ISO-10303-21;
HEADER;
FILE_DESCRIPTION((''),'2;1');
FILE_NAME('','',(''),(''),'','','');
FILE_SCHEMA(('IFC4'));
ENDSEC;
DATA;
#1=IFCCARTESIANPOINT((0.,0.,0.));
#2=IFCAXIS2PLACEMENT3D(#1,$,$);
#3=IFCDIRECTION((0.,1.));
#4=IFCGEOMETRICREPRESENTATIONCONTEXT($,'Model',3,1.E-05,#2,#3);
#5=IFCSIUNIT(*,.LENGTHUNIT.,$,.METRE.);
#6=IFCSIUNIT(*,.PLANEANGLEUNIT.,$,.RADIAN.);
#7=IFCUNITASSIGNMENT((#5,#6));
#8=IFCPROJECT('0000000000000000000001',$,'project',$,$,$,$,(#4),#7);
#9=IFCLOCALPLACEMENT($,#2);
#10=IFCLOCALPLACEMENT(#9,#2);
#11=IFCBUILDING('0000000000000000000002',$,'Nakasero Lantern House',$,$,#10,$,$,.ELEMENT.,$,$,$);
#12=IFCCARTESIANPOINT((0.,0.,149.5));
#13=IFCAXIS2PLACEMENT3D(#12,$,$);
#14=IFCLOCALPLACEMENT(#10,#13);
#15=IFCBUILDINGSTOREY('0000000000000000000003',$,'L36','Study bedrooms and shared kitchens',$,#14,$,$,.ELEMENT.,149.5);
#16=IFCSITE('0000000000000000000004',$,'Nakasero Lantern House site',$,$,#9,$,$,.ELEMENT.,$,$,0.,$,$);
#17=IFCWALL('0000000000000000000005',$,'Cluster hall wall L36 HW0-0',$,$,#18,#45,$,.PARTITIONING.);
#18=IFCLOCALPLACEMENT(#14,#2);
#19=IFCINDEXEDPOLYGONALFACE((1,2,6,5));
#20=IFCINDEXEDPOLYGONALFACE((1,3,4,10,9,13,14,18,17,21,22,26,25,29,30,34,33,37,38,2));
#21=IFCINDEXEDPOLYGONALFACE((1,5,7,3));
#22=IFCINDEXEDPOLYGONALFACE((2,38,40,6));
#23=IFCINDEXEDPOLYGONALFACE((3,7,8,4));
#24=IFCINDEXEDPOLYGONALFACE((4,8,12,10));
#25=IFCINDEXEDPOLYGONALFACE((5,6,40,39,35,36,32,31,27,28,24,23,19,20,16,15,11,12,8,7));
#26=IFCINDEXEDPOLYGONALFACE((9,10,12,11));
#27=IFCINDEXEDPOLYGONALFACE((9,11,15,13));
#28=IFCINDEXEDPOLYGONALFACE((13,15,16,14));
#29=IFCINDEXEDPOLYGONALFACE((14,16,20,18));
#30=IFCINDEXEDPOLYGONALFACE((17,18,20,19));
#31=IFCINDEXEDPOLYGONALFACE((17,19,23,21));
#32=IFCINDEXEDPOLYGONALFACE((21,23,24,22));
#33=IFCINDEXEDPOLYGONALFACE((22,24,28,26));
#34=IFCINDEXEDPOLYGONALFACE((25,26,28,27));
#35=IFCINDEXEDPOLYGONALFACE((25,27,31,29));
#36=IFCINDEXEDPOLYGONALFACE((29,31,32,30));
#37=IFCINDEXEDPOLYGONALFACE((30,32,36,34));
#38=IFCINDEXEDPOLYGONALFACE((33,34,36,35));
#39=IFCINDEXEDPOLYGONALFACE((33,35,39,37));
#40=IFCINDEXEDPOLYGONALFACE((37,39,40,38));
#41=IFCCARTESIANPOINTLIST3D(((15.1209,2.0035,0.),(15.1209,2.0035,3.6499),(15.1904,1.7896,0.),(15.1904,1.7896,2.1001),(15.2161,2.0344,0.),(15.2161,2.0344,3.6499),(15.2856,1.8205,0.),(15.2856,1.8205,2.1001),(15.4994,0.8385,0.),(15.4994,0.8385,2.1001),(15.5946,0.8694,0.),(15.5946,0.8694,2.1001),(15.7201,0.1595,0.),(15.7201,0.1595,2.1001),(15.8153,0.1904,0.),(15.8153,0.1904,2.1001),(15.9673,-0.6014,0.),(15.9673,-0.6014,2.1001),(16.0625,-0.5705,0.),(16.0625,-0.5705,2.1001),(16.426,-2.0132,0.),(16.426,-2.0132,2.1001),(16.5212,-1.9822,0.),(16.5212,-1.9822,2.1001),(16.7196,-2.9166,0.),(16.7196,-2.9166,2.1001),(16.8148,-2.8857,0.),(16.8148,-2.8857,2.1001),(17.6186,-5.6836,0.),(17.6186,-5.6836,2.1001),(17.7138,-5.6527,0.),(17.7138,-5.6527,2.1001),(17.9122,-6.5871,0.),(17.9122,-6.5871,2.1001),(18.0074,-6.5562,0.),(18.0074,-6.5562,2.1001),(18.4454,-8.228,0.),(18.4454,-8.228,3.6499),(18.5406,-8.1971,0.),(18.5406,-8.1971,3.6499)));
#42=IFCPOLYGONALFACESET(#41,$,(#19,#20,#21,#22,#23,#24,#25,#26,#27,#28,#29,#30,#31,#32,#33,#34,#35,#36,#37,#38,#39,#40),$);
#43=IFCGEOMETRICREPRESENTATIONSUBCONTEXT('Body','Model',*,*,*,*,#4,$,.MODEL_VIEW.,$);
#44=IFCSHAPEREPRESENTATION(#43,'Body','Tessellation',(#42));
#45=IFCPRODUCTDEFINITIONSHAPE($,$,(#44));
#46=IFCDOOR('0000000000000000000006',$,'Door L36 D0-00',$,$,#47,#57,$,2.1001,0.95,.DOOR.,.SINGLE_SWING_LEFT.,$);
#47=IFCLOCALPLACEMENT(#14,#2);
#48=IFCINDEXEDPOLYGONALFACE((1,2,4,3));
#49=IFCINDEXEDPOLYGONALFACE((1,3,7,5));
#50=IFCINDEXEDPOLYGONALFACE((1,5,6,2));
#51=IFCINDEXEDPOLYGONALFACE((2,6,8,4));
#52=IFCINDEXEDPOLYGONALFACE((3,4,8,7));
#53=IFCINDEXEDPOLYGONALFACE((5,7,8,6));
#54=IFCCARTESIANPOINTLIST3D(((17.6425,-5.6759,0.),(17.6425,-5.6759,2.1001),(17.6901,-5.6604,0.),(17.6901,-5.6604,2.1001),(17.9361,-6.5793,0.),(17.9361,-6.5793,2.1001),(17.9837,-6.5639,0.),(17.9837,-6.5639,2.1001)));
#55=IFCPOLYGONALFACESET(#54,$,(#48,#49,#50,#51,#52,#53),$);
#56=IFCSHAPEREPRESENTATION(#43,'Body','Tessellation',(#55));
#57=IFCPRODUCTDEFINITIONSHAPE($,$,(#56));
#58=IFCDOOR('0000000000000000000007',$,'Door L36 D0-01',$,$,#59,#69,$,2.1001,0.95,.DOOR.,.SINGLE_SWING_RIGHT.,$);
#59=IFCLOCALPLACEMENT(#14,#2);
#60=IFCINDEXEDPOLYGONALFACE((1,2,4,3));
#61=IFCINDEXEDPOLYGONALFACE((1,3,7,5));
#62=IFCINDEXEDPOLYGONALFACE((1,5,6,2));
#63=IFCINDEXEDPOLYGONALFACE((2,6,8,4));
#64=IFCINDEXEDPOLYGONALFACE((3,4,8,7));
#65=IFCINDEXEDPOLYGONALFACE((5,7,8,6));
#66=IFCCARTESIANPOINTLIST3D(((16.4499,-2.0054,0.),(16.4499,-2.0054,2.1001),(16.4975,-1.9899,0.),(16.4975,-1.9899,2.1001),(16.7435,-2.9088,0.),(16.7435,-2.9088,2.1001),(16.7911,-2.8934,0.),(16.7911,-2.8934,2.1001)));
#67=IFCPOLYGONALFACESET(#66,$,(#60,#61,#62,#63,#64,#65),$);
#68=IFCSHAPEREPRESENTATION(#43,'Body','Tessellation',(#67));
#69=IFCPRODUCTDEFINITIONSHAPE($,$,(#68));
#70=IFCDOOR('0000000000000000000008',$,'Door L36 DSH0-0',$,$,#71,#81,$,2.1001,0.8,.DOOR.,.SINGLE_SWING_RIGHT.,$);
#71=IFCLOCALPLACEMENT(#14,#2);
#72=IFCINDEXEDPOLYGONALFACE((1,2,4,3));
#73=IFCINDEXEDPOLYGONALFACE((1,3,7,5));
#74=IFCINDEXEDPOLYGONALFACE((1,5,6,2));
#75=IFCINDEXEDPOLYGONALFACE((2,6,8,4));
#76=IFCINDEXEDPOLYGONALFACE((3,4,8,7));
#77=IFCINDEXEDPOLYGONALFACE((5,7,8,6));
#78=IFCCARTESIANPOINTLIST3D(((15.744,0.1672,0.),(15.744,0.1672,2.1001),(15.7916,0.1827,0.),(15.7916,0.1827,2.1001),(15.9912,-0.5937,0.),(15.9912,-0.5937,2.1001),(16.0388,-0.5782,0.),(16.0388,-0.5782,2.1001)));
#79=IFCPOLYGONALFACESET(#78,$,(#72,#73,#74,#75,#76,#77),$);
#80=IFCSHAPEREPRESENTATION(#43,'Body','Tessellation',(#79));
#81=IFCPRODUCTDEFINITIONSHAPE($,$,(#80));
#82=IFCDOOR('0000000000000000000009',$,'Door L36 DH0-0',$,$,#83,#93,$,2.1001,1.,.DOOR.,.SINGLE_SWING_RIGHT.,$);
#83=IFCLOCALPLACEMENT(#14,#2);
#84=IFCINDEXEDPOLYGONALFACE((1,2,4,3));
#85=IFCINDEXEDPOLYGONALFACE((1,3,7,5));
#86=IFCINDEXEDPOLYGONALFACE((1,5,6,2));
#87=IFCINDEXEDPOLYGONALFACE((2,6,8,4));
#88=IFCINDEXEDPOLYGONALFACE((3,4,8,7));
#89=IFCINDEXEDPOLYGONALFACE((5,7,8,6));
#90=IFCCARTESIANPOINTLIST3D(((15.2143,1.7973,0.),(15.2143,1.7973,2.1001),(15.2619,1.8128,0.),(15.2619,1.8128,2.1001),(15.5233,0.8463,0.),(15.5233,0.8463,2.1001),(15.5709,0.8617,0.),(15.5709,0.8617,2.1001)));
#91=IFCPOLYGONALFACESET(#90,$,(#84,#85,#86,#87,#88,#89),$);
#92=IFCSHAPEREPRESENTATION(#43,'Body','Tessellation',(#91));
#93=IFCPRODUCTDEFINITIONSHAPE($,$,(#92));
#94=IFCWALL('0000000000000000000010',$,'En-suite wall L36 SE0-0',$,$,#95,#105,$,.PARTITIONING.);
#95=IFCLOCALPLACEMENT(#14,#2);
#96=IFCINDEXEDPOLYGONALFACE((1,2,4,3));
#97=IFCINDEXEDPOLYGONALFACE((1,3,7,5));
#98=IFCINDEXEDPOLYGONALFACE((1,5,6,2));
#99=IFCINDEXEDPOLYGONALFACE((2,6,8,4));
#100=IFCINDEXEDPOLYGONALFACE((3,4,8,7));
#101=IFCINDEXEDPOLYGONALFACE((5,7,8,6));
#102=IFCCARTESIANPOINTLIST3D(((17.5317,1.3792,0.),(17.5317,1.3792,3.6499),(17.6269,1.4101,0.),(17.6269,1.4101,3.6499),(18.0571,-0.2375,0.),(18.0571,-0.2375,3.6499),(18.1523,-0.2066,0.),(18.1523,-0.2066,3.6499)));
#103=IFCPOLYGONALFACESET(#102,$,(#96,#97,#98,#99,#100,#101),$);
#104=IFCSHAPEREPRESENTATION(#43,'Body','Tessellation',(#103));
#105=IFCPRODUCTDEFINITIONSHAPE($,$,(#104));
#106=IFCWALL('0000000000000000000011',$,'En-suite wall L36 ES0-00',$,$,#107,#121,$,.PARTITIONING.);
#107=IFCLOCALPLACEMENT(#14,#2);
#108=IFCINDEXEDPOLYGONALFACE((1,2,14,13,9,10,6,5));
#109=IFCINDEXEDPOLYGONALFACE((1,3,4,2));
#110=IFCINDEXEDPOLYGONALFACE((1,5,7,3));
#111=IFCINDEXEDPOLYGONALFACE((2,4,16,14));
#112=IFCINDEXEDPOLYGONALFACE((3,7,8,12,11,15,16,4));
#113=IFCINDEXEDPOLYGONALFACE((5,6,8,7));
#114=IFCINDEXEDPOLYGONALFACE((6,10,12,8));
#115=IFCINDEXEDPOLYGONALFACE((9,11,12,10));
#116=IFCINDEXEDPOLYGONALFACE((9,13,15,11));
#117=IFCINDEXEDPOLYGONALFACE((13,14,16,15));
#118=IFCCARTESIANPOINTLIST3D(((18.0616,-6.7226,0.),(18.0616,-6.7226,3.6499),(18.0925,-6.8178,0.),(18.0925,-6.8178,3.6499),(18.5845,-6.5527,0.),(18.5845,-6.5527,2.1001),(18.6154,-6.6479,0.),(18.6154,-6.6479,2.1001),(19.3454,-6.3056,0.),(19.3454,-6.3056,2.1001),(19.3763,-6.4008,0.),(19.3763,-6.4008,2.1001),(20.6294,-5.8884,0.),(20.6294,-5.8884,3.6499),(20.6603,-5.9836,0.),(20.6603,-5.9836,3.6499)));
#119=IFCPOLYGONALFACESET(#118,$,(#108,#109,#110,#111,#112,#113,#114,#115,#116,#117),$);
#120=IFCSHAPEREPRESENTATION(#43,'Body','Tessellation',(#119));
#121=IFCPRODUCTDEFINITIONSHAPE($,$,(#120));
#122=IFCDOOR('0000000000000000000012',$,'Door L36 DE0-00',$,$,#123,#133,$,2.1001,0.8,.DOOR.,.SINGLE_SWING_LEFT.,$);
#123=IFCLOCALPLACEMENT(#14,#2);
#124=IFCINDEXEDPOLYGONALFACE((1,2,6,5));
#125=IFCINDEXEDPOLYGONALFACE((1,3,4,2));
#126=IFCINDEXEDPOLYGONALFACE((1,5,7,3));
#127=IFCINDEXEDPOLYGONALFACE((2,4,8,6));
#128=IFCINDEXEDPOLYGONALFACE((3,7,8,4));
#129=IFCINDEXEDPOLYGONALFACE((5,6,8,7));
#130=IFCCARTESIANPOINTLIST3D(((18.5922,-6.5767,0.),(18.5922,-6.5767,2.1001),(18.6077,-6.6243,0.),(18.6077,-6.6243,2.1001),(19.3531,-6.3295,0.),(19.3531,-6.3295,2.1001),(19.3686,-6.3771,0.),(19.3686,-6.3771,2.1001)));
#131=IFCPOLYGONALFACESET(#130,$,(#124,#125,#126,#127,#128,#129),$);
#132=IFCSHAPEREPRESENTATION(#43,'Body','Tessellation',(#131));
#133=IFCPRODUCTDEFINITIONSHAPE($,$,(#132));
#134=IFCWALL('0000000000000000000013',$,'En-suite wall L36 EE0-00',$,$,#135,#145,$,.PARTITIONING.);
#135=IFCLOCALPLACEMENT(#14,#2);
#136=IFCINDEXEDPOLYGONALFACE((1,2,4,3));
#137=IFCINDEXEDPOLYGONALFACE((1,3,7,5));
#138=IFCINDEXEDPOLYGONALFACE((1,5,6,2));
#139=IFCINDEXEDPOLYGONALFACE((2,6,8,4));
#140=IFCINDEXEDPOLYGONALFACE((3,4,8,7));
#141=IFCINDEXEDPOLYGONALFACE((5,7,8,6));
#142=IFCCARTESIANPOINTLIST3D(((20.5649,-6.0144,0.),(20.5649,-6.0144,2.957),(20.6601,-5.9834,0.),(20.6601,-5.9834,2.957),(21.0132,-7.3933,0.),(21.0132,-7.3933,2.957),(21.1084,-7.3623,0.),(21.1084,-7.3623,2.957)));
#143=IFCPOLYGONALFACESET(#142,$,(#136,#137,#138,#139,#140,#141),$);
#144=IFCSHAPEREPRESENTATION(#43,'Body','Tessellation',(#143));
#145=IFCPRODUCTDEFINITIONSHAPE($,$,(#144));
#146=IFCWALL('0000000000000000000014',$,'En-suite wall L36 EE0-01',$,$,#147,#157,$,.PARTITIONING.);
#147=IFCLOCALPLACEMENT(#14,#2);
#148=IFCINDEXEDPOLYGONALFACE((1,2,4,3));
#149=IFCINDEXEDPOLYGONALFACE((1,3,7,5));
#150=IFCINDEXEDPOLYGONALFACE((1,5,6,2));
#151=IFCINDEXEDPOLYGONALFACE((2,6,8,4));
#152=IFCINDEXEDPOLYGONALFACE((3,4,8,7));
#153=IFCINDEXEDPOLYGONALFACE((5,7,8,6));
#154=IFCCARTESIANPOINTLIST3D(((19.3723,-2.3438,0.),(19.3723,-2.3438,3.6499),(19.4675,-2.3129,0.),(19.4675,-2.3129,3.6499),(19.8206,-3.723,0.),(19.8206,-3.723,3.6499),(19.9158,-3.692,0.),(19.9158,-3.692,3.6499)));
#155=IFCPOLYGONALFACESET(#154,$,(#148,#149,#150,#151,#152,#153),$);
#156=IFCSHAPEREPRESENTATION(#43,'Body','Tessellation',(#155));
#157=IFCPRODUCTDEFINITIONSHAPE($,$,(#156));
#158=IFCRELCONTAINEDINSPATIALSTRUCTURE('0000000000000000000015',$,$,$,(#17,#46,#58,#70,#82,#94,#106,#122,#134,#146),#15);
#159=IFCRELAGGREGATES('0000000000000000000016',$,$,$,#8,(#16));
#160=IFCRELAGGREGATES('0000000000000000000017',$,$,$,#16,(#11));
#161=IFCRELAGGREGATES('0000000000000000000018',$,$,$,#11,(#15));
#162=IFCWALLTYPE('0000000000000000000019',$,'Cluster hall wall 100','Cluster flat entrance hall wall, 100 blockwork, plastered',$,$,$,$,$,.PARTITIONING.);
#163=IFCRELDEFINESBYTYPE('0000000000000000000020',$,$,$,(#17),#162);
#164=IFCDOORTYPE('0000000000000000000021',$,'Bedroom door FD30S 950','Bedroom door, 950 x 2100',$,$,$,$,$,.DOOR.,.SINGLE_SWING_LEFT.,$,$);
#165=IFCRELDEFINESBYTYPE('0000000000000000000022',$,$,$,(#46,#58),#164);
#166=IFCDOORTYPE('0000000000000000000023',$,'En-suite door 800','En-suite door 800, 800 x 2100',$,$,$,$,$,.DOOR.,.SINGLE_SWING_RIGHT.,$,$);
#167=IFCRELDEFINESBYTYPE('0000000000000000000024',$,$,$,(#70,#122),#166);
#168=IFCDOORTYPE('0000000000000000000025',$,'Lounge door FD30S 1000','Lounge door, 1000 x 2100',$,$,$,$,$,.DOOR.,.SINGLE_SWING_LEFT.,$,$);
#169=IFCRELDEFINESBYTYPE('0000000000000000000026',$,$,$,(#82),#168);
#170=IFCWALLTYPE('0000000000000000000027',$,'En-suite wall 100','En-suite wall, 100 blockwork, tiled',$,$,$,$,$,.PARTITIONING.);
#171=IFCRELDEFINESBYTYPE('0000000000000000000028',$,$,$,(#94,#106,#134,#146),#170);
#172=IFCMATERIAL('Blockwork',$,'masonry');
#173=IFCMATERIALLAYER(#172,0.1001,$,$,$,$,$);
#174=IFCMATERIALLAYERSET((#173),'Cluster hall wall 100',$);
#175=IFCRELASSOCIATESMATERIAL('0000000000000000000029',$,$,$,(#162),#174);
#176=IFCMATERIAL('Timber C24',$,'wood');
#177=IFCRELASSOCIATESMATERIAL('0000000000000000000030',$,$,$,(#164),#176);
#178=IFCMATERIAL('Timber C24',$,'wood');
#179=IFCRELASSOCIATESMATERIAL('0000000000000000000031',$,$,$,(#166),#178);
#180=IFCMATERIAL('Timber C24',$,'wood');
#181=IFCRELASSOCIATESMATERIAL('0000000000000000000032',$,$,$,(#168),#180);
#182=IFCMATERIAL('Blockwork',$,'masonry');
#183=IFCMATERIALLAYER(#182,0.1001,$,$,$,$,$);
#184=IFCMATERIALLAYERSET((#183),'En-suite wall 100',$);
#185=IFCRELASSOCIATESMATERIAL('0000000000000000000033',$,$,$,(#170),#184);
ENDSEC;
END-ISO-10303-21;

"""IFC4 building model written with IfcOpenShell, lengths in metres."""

from ifc_helpers import new_model, si_unit, direction, frame, frame_2d, origin, place, context, subcontext, project, spatial, rectangle, extrude, material, layer, layer_set, type_object, element, fill, save


model = new_model("IFC4")

# Units and contexts
model_context = context("Model", 3, precision=1e-05, world=origin(), true_north=direction((0.0, 1.0)))
body_context = subcontext(model_context, "Body", "Model", "MODEL_VIEW")
ifc_project = project(units=[si_unit("LENGTHUNIT", "METRE"), si_unit("PLANEANGLEUNIT", "RADIAN")], contexts=[model_context])

# Site, building, storey
site_placement = place(None, origin())
site = spatial("IfcSite", under=ifc_project, at=site_placement, Name="Nakasero Lantern House site", CompositionType="ELEMENT", RefElevation=0.0)
building_placement = place(site_placement, origin())
building = spatial("IfcBuilding", under=site, at=building_placement, Name="Nakasero Lantern House", CompositionType="ELEMENT")
storey_placement = place(building_placement, frame((0.0, 0.0, 149.5)))
storey = spatial("IfcBuildingStorey", under=building, at=storey_placement, Name="L36", Description="Study bedrooms and shared kitchens", CompositionType="ELEMENT", Elevation=149.5)

# Wall, openings, doors
ifc_material_1 = material(Name="Blockwork", Category="masonry")
ifc_layer_1 = layer(ifc_material_1, 0.1001)
ifc_layer_set_1 = layer_set([ifc_layer_1], Name="Cluster hall wall 100")
wall_type_1 = type_object("IfcWallType", Name="Cluster hall wall 100", Description="Cluster flat entrance hall wall, 100 blockwork, plastered", PredefinedType="PARTITIONING", material=ifc_layer_set_1)
wall_1_placement = place(storey_placement, frame((18.4929, -8.2124, 0.0), z_axis=(0.0, 0.0, 1.0), x_axis=(-0.309022, 0.951055, 0.0)))
wall_1 = element("IfcWall", 1, at=wall_1_placement, inside=storey, type_object=wall_type_1, Name="Cluster hall wall L36 HW0-0", PredefinedType="PARTITIONING", context=body_context, shape_type="SweptSolid", body=[
    extrude(rectangle(XDim=10.7581, YDim=0.1001, at=frame_2d((5.3789, 0.0))), origin(), (0.0, 0.0, 1.0), 3.6499),
])
opening_1_placement = place(wall_1_placement, frame((9.533, 0.0, 0.0)))
opening_1 = element("IfcOpeningElement", 2, at=opening_1_placement, cuts=wall_1, PredefinedType="OPENING", context=body_context, shape_type="SweptSolid", body=[
    extrude(rectangle(XDim=1.0, YDim=2.1001, at=frame_2d((0.5, 1.05))), frame((0.0, 0.0701, 0.0), z_axis=(0.0, -1.0, 0.0), x_axis=(1.0, 0.0, 0.0)), (0.0, 0.0, 1.0), 0.1401),
])
opening_2_placement = place(wall_1_placement, frame((8.019, 0.0, 0.0)))
opening_2 = element("IfcOpeningElement", 3, at=opening_2_placement, cuts=wall_1, PredefinedType="OPENING", context=body_context, shape_type="SweptSolid", body=[
    extrude(rectangle(XDim=0.8, YDim=2.1001, at=frame_2d((0.3999, 1.05))), frame((0.0, 0.0701, 0.0), z_axis=(0.0, -1.0, 0.0), x_axis=(1.0, 0.0, 0.0)), (0.0, 0.0, 1.0), 0.1401),
])
opening_3_placement = place(wall_1_placement, frame((1.7251, 0.0, 0.0)))
opening_3 = element("IfcOpeningElement", 4, at=opening_3_placement, cuts=wall_1, PredefinedType="OPENING", context=body_context, shape_type="SweptSolid", body=[
    extrude(rectangle(XDim=0.95, YDim=2.1001, at=frame_2d((0.4751, 1.05))), frame((0.0, 0.0701, 0.0), z_axis=(0.0, -1.0, 0.0), x_axis=(1.0, 0.0, 0.0)), (0.0, 0.0, 1.0), 0.1401),
])
opening_4_placement = place(wall_1_placement, frame((5.5845, 0.0, 0.0)))
opening_4 = element("IfcOpeningElement", 5, at=opening_4_placement, cuts=wall_1, PredefinedType="OPENING", context=body_context, shape_type="SweptSolid", body=[
    extrude(rectangle(XDim=0.95, YDim=2.1001, at=frame_2d((0.4751, 1.05))), frame((0.0, 0.0701, 0.0), z_axis=(0.0, -1.0, 0.0), x_axis=(1.0, 0.0, 0.0)), (0.0, 0.0, 1.0), 0.1401),
])
ifc_material_2 = material(Name="Timber C24", Category="wood")
door_type_1 = type_object("IfcDoorType", Name="Bedroom door FD30S 950", Description="Bedroom door, 950 x 2100", OperationType="SINGLE_SWING_LEFT", PredefinedType="DOOR", material=ifc_material_2)
door_1_placement = place(opening_3_placement, origin())
door_1 = element("IfcDoor", 6, at=door_1_placement, inside=storey, type_object=door_type_1, Name="Door L36 D0-00", OperationType="SINGLE_SWING_LEFT", OverallHeight=2.1001, OverallWidth=0.95, PredefinedType="DOOR", context=body_context, shape_type="SweptSolid", body=[
    extrude(rectangle(XDim=0.95, YDim=2.1001, at=frame_2d((0.4751, 1.05))), frame((0.0, 0.0249, 0.0), z_axis=(0.0, -1.0, 0.0), x_axis=(1.0, 0.0, 0.0)), (0.0, 0.0, 1.0), 0.05),
])
fill(opening_3, door_1)
door_2_placement = place(opening_4_placement, origin())
door_2 = element("IfcDoor", 7, at=door_2_placement, inside=storey, type_object=door_type_1, Name="Door L36 D0-01", OperationType="SINGLE_SWING_RIGHT", OverallHeight=2.1001, OverallWidth=0.95, PredefinedType="DOOR", context=body_context, shape_type="SweptSolid", body=[
    extrude(rectangle(XDim=0.95, YDim=2.1001, at=frame_2d((0.4751, 1.05))), frame((0.0, 0.0249, 0.0), z_axis=(0.0, -1.0, 0.0), x_axis=(1.0, 0.0, 0.0)), (0.0, 0.0, 1.0), 0.05),
])
fill(opening_4, door_2)
ifc_material_3 = material(Name="Timber C24", Category="wood")
door_type_2 = type_object("IfcDoorType", Name="En-suite door 800", Description="En-suite door 800, 800 x 2100", OperationType="SINGLE_SWING_RIGHT", PredefinedType="DOOR", material=ifc_material_3)
door_3_placement = place(opening_2_placement, origin())
door_3 = element("IfcDoor", 8, at=door_3_placement, inside=storey, type_object=door_type_2, Name="Door L36 DSH0-0", OperationType="SINGLE_SWING_RIGHT", OverallHeight=2.1001, OverallWidth=0.8, PredefinedType="DOOR", context=body_context, shape_type="SweptSolid", body=[
    extrude(rectangle(XDim=0.8, YDim=2.1001, at=frame_2d((0.3999, 1.05))), frame((0.0, 0.0249, 0.0), z_axis=(0.0, -1.0, 0.0), x_axis=(1.0, 0.0, 0.0)), (0.0, 0.0, 1.0), 0.05),
])
fill(opening_2, door_3)
ifc_material_4 = material(Name="Timber C24", Category="wood")
door_type_3 = type_object("IfcDoorType", Name="Lounge door FD30S 1000", Description="Lounge door, 1000 x 2100", OperationType="SINGLE_SWING_LEFT", PredefinedType="DOOR", material=ifc_material_4)
door_4_placement = place(opening_1_placement, origin())
door_4 = element("IfcDoor", 9, at=door_4_placement, inside=storey, type_object=door_type_3, Name="Door L36 DH0-0", OperationType="SINGLE_SWING_RIGHT", OverallHeight=2.1001, OverallWidth=1.0, PredefinedType="DOOR", context=body_context, shape_type="SweptSolid", body=[
    extrude(rectangle(XDim=1.0, YDim=2.1001, at=frame_2d((0.5, 1.05))), frame((0.0, 0.0249, 0.0), z_axis=(0.0, -1.0, 0.0), x_axis=(1.0, 0.0, 0.0)), (0.0, 0.0, 1.0), 0.05),
])
fill(opening_1, door_4)

# Wall
ifc_material_5 = material(Name="Blockwork", Category="masonry")
ifc_layer_2 = layer(ifc_material_5, 0.1001)
ifc_layer_set_2 = layer_set([ifc_layer_2], Name="En-suite wall 100")
wall_type_2 = type_object("IfcWallType", Name="En-suite wall 100", Description="En-suite wall, 100 blockwork, tiled", PredefinedType="PARTITIONING", material=ifc_layer_set_2)
wall_2_placement = place(storey_placement, frame((18.1047, -0.2222, 0.0), z_axis=(0.0, 0.0, 1.0), x_axis=(-0.309067, 0.95104, 0.0)))
element("IfcWall", 10, at=wall_2_placement, inside=storey, type_object=wall_type_2, Name="En-suite wall L36 SE0-0", PredefinedType="PARTITIONING", context=body_context, shape_type="SweptSolid", body=[
    extrude(rectangle(XDim=1.7, YDim=0.1001, at=frame_2d((0.8501, 0.0))), origin(), (0.0, 0.0, 1.0), 3.6499),
])

# Wall, opening, door
wall_3_placement = place(storey_placement, frame((18.0769, -6.7703, 0.0), z_axis=(0.0, 0.0, 1.0), x_axis=(0.95107, 0.308976, 0.0)))
wall_3 = element("IfcWall", 11, at=wall_3_placement, inside=storey, type_object=wall_type_2, Name="En-suite wall L36 ES0-00", PredefinedType="PARTITIONING", context=body_context, shape_type="SweptSolid", body=[
    extrude(rectangle(XDim=2.7, YDim=0.1001, at=frame_2d((1.3501, 0.0))), origin(), (0.0, 0.0, 1.0), 3.6499),
])
opening_5_placement = place(wall_3_placement, frame((0.55, 0.0, 0.0)))
opening_5 = element("IfcOpeningElement", 12, at=opening_5_placement, cuts=wall_3, PredefinedType="OPENING", context=body_context, shape_type="SweptSolid", body=[
    extrude(rectangle(XDim=0.8, YDim=2.1001, at=frame_2d((0.3999, 1.05))), frame((0.0, 0.0701, 0.0), z_axis=(0.0, -1.0, 0.0), x_axis=(1.0, 0.0, 0.0)), (0.0, 0.0, 1.0), 0.1401),
])
door_5_placement = place(opening_5_placement, origin())
door_5 = element("IfcDoor", 13, at=door_5_placement, inside=storey, type_object=door_type_2, Name="Door L36 DE0-00", OperationType="SINGLE_SWING_LEFT", OverallHeight=2.1001, OverallWidth=0.8, PredefinedType="DOOR", context=body_context, shape_type="SweptSolid", body=[
    extrude(rectangle(XDim=0.8, YDim=2.1001, at=frame_2d((0.3999, 1.05))), frame((0.0, 0.0249, 0.0), z_axis=(0.0, -1.0, 0.0), x_axis=(1.0, 0.0, 0.0)), (0.0, 0.0, 1.0), 0.05),
])
fill(opening_5, door_5)

# Walls
wall_4_placement = place(storey_placement, frame((21.0608, -7.3779, 0.0), z_axis=(0.0, 0.0, 1.0), x_axis=(-0.309147, 0.951014, 0.0)))
element("IfcWall", 14, at=wall_4_placement, inside=storey, type_object=wall_type_2, Name="En-suite wall L36 EE0-00", PredefinedType="PARTITIONING", context=body_context, shape_type="SweptSolid", body=[
    extrude(rectangle(XDim=1.45, YDim=0.1001, at=frame_2d((0.7251, 0.0))), origin(), (0.0, 0.0, 1.0), 2.957),
])
wall_5_placement = place(storey_placement, frame((19.8682, -3.7075, 0.0), z_axis=(0.0, 0.0, 1.0), x_axis=(-0.309097, 0.95103, 0.0)))
element("IfcWall", 15, at=wall_5_placement, inside=storey, type_object=wall_type_2, Name="En-suite wall L36 EE0-01", PredefinedType="PARTITIONING", context=body_context, shape_type="SweptSolid", body=[
    extrude(rectangle(XDim=1.4502, YDim=0.1001, at=frame_2d((0.7251, 0.0))), origin(), (0.0, 0.0, 1.0), 3.6499),
])

save(model, "model.ifc")
